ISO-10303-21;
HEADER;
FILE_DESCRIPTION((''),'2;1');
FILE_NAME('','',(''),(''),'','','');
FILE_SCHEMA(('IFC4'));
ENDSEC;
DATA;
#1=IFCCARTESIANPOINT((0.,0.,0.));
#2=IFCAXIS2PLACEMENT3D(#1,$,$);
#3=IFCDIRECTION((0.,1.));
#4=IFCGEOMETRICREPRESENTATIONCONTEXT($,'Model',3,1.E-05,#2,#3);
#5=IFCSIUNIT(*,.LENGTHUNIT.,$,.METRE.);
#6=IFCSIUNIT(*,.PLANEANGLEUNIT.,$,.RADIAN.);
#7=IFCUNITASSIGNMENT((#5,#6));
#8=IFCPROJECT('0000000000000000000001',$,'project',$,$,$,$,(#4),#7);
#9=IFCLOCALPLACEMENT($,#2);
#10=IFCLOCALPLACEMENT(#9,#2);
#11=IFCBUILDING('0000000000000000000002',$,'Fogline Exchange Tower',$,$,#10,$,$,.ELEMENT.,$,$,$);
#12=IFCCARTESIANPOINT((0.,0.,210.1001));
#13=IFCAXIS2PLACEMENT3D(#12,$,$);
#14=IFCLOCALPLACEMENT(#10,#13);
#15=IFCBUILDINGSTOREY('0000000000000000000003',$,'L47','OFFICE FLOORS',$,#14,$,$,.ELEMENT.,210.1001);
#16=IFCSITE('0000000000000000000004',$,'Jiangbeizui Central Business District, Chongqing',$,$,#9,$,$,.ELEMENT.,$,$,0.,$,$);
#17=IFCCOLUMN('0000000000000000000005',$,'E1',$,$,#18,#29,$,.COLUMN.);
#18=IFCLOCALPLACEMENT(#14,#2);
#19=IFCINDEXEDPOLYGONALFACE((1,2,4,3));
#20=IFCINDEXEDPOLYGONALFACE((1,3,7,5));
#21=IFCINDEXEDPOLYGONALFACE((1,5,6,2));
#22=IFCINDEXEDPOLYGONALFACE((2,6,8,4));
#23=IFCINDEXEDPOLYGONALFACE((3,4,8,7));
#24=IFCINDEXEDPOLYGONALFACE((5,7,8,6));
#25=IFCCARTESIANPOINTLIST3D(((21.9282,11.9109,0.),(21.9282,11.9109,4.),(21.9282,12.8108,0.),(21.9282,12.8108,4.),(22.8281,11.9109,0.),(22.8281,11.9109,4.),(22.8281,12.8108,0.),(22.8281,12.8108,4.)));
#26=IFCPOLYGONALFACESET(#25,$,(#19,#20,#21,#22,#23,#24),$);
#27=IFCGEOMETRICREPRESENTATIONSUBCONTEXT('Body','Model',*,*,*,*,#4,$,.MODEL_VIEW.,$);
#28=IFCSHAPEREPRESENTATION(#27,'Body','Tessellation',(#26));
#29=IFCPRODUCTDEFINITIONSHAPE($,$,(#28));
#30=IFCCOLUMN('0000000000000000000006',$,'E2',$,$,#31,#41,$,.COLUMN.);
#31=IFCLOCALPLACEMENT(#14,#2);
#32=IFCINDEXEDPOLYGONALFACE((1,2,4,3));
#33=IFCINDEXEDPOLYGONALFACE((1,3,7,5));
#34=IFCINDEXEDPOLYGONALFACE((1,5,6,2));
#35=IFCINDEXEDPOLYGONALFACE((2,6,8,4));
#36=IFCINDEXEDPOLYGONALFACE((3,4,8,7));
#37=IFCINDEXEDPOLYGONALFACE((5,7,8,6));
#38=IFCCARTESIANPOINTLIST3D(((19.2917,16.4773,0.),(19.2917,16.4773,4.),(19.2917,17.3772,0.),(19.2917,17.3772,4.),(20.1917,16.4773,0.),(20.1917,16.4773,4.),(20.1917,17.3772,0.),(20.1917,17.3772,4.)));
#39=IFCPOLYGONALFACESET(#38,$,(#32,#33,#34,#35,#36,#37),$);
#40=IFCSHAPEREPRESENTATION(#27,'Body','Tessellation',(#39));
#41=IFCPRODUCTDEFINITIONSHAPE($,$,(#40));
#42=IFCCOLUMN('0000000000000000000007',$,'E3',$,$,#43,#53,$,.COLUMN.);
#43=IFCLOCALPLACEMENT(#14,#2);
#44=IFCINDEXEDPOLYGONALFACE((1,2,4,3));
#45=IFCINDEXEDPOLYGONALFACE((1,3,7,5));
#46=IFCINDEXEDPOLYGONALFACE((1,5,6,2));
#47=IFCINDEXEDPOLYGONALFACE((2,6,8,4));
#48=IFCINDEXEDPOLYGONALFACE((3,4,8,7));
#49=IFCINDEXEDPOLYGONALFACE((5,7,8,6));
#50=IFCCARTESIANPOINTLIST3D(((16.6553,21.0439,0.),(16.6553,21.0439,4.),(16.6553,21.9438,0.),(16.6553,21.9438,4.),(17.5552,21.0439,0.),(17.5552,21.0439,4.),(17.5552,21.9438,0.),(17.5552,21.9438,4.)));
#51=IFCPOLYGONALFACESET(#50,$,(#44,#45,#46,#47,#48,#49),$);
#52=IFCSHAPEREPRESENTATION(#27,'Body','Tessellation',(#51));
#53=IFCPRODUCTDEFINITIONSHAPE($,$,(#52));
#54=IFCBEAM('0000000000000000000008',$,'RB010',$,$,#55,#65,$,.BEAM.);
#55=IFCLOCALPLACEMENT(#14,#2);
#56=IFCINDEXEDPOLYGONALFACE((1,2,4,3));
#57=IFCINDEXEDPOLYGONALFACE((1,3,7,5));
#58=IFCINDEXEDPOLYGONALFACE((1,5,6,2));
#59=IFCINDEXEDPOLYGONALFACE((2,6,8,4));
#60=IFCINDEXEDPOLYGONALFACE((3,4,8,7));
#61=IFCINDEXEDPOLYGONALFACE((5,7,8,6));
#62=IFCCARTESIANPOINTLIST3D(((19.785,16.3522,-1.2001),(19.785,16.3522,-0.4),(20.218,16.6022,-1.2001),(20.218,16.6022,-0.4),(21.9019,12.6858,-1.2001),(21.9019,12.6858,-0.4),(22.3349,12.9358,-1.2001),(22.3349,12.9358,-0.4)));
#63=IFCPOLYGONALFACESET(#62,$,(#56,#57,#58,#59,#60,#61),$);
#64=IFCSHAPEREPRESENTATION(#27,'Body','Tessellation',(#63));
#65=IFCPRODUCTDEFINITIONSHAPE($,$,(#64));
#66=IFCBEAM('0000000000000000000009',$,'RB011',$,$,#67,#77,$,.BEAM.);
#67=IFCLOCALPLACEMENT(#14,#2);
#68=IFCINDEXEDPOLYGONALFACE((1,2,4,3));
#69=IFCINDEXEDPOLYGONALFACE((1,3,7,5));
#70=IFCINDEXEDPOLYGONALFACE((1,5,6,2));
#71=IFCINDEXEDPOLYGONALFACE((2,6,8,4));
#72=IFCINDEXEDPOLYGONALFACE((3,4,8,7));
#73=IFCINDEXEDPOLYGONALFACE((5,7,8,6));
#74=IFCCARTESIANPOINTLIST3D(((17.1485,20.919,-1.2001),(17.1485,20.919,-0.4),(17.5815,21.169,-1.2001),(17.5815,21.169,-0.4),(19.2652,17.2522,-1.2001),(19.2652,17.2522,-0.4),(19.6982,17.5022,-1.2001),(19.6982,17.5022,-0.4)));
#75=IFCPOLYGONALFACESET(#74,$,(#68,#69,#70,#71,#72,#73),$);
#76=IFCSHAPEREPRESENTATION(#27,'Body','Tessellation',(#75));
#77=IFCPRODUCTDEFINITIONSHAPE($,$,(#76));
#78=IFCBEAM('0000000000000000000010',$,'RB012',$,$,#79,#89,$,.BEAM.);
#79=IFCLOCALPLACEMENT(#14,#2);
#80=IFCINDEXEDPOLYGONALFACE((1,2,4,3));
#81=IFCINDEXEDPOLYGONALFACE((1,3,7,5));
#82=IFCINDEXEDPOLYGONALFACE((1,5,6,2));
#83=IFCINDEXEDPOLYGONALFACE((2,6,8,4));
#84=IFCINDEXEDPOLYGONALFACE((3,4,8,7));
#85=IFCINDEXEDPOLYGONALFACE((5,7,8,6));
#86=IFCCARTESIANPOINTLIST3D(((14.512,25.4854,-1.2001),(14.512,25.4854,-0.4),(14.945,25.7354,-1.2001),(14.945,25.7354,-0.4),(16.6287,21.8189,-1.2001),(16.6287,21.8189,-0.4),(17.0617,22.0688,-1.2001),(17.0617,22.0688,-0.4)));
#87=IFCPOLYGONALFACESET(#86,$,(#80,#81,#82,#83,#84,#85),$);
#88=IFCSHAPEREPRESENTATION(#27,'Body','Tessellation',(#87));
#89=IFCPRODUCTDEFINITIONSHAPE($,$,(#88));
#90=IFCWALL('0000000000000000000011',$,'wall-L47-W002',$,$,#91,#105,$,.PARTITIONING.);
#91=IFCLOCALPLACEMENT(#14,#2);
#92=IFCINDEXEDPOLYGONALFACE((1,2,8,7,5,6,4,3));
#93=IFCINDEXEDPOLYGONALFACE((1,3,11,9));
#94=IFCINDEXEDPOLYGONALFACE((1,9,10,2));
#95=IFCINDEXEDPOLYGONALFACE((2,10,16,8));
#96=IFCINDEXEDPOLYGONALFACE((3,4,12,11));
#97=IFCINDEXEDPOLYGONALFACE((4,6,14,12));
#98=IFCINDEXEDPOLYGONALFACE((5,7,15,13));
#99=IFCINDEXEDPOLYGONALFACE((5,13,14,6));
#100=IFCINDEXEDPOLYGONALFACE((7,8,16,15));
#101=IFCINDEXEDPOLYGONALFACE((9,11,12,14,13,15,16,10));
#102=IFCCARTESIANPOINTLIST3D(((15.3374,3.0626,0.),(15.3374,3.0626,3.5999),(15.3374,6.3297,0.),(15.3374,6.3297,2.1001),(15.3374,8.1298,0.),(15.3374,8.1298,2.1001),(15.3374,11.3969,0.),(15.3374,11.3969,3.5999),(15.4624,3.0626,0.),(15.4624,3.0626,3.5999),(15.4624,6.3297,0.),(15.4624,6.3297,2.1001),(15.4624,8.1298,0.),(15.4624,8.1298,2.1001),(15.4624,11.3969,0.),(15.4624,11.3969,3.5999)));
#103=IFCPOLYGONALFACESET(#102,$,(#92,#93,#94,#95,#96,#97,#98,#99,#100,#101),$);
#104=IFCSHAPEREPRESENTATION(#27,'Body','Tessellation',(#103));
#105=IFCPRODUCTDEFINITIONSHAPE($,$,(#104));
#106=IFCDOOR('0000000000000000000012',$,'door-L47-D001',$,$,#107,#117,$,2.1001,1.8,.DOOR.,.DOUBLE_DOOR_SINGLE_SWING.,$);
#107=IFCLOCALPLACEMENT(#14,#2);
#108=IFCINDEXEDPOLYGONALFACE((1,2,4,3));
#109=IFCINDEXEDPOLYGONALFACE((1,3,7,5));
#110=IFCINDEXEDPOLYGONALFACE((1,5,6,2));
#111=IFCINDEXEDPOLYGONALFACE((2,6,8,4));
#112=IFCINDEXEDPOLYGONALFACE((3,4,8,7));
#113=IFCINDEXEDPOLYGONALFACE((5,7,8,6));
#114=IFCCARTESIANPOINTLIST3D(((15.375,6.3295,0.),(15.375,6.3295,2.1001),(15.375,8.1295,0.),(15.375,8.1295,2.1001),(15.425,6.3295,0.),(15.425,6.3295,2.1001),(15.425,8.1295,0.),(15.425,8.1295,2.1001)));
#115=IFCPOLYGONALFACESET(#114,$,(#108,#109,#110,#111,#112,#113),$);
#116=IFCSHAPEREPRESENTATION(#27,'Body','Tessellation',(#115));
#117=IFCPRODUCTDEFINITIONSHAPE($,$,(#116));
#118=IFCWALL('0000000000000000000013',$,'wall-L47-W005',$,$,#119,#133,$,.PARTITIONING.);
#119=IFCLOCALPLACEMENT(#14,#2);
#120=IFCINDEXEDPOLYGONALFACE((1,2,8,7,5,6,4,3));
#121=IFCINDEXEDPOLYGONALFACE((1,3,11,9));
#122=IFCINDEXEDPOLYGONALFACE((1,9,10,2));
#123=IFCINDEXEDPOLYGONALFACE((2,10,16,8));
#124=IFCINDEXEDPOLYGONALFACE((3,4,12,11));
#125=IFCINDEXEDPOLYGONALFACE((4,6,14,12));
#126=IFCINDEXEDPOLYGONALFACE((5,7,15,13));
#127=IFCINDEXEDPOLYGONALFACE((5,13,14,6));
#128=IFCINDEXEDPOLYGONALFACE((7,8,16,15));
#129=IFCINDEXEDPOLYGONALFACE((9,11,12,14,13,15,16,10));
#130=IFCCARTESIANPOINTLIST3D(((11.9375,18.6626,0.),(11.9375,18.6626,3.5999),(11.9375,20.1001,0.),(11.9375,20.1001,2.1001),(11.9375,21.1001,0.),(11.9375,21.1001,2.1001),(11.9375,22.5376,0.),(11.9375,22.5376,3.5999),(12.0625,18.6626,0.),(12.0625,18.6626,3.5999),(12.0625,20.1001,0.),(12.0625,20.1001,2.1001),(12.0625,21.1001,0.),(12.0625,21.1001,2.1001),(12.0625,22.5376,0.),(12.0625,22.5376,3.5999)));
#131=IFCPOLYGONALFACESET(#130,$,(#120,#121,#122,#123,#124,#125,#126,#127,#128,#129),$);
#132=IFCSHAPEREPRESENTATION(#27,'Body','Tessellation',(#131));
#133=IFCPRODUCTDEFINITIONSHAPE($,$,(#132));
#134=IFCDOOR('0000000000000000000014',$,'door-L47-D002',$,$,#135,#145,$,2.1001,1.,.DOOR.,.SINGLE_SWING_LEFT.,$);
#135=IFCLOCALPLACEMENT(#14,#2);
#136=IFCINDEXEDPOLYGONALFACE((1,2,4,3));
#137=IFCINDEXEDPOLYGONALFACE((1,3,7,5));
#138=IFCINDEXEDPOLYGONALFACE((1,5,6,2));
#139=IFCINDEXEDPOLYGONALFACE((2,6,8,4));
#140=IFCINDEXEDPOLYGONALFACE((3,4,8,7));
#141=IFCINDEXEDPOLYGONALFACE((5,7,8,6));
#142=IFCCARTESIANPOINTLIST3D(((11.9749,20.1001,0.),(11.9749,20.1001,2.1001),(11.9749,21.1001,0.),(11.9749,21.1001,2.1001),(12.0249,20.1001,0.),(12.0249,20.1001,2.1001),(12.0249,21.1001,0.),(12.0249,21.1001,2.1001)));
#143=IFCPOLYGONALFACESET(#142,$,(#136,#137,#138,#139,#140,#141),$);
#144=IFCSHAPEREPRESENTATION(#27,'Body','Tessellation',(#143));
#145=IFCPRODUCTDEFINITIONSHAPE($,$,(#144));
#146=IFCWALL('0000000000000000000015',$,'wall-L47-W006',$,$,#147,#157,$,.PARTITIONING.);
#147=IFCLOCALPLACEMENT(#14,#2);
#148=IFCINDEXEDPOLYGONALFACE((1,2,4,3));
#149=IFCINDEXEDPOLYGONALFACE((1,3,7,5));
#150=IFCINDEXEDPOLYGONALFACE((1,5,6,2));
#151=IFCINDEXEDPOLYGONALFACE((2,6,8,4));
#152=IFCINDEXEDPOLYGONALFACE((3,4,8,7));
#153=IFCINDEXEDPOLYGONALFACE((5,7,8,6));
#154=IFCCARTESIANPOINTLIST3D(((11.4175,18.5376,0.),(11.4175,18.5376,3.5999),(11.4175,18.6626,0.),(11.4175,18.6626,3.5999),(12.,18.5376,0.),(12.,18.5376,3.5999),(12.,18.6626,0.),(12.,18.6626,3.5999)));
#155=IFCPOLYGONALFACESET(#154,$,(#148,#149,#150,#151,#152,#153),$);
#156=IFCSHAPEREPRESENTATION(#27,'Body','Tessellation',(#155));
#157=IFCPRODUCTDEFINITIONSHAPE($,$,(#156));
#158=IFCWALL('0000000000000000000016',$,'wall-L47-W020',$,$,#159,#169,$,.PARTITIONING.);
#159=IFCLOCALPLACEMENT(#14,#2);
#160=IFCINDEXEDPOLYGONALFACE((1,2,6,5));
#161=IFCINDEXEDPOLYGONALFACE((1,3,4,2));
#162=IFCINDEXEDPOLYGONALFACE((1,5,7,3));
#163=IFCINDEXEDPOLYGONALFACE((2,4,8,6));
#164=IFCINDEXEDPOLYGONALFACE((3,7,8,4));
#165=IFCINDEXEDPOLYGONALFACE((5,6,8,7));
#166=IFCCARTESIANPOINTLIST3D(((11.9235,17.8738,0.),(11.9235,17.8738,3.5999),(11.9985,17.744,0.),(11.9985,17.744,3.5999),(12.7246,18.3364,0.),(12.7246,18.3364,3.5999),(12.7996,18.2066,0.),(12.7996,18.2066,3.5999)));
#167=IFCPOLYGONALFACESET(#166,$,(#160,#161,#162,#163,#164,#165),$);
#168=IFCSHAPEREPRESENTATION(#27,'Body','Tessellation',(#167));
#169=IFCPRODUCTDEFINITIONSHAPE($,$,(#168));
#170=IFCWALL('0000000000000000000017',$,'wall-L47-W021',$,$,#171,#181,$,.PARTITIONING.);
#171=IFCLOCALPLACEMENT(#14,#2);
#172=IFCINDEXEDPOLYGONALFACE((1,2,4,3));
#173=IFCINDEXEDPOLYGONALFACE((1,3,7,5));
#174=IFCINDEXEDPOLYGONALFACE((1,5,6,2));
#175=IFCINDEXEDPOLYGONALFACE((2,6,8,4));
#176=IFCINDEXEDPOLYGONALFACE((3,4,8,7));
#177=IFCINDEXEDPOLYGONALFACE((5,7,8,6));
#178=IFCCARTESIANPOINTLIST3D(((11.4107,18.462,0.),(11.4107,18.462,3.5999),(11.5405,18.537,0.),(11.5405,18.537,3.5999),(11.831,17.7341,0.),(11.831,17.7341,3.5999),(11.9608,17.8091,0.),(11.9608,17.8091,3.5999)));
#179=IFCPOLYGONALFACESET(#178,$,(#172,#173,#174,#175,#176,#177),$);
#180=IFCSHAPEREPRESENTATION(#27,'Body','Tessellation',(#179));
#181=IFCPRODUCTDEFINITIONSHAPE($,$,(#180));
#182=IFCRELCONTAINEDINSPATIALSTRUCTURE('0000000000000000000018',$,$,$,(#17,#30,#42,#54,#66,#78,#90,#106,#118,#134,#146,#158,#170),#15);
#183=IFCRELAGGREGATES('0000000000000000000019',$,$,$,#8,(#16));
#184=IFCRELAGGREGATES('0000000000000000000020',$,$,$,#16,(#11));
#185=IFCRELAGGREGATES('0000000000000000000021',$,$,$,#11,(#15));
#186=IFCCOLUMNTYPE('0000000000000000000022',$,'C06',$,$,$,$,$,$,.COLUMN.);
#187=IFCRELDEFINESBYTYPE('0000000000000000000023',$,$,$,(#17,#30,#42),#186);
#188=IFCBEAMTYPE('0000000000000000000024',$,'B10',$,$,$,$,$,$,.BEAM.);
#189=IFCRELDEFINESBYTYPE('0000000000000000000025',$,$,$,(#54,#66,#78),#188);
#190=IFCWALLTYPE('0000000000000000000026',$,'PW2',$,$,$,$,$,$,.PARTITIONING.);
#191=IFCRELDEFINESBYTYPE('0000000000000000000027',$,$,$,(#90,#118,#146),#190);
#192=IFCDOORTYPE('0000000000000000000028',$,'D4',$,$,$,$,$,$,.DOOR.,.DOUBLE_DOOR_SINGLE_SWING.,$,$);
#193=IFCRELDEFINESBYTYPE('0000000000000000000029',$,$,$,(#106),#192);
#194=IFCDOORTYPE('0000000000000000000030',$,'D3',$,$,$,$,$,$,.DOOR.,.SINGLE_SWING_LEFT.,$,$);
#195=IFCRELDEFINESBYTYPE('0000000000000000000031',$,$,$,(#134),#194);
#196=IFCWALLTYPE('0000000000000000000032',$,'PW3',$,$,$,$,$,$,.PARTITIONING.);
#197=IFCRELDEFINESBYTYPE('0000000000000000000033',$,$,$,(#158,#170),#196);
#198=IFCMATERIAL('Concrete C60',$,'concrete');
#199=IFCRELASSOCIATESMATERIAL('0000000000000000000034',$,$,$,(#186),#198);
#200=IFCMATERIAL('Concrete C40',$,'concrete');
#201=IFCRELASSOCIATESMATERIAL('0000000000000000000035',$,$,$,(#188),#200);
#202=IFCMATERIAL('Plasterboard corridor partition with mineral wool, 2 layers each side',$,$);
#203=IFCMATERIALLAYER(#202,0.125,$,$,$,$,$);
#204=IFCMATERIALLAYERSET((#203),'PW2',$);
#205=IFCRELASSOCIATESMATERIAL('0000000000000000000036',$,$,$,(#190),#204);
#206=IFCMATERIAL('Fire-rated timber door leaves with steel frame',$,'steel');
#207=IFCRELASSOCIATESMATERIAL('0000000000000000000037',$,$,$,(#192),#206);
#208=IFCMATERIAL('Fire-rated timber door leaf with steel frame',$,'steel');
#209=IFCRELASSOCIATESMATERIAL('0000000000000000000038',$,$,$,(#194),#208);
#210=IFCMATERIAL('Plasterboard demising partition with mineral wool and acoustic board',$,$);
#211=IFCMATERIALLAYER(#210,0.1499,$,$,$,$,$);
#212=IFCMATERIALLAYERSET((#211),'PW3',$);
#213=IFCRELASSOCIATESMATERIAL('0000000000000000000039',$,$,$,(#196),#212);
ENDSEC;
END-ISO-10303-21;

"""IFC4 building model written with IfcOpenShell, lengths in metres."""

from ifc_helpers import new_model, si_unit, direction, frame, frame_2d, origin, origin_2d, place, context, subcontext, project, spatial, rectangle, extrude, material, layer, layer_set, material_profile, profile_set, type_object, element, fill, save


model = new_model("IFC4")

# Units and contexts
model_context = context("Model", 3, precision=1e-05, world=origin(), true_north=direction((0.0, 1.0)))
body_context = subcontext(model_context, "Body", "Model", "MODEL_VIEW")
ifc_project = project(units=[si_unit("LENGTHUNIT", "METRE"), si_unit("PLANEANGLEUNIT", "RADIAN")], contexts=[model_context])

# Site, building, storey
site_placement = place(None, origin())
site = spatial("IfcSite", under=ifc_project, at=site_placement, Name="Jiangbeizui Central Business District, Chongqing", CompositionType="ELEMENT", RefElevation=0.0)
building_placement = place(site_placement, origin())
building = spatial("IfcBuilding", under=site, at=building_placement, Name="Fogline Exchange Tower", CompositionType="ELEMENT")
storey_placement = place(building_placement, frame((0.0, 0.0, 210.1001)))
storey = spatial("IfcBuildingStorey", under=building, at=storey_placement, Name="L47", Description="OFFICE FLOORS", CompositionType="ELEMENT", Elevation=210.1001)

# Columns
ifc_material_1 = material(Name="Concrete C60", Category="concrete")
ifc_material_profile_1 = material_profile(ifc_material_1, rectangle(XDim=0.8999, YDim=0.8999, at=origin_2d()), Name="RC 900x900")
ifc_profile_set_1 = profile_set([ifc_material_profile_1], Name="Concrete C60")
column_type = type_object("IfcColumnType", Name="C06", PredefinedType="COLUMN", material=ifc_profile_set_1)
for number, where, z_axis, x_axis, name in (
    (1, (22.3782, 12.3608, 0.0), (0.0, 0.0, 1.0), (1.0, 0.0, 0.0), "E1"),
    (2, (19.7417, 16.9272, 0.0), (0.0, 0.0, 1.0), (1.0, 0.0, 0.0), "E2"),
    (3, (17.1052, 21.4939, 0.0), (0.0, 0.0, 1.0), (1.0, 0.0, 0.0), "E3"),
):
    element("IfcColumn", number, at=place(storey_placement, frame(where, z_axis=z_axis, x_axis=x_axis)), inside=storey, type_object=column_type, Name=name, PredefinedType="COLUMN", context=body_context, shape_type="SweptSolid", body=[
        extrude(rectangle(XDim=0.8999, YDim=0.8999, at=origin_2d()), origin(), (0.0, 0.0, 1.0), 4.0),
    ])

# Beams
ifc_material_2 = material(Name="Concrete C40", Category="concrete")
ifc_material_profile_2 = material_profile(ifc_material_2, rectangle(XDim=0.5, YDim=0.8, at=origin_2d()), Name="RC 500x800")
ifc_profile_set_2 = profile_set([ifc_material_profile_2], Name="Concrete C40")
beam_type = type_object("IfcBeamType", Name="B10", PredefinedType="BEAM", material=ifc_profile_set_2)
beam_1_placement = place(storey_placement, frame((22.1184, 12.8108, -0.8), z_axis=(-0.500015, 0.866017, 0.0), x_axis=(-0.866017, -0.500015, 0.0)))
element("IfcBeam", 4, at=beam_1_placement, inside=storey, type_object=beam_type, Name="RB010", PredefinedType="BEAM", context=body_context, shape_type="SweptSolid", body=[
    extrude(rectangle(XDim=0.5, YDim=0.8, at=origin_2d()), origin(), (0.0, 0.0, 1.0), 4.2336),
])
beam_2_placement = place(storey_placement, frame((19.4817, 17.3772, -0.8), z_axis=(-0.499947, 0.866056, 0.0), x_axis=(-0.866056, -0.499947, 0.0)))
element("IfcBeam", 5, at=beam_2_placement, inside=storey, type_object=beam_type, Name="RB011", PredefinedType="BEAM", context=body_context, shape_type="SweptSolid", body=[
    extrude(rectangle(XDim=0.5, YDim=0.8, at=origin_2d()), origin(), (0.0, 0.0, 1.0), 4.2339),
])
beam_3_placement = place(storey_placement, frame((16.8452, 21.9438, -0.8), z_axis=(-0.499972, 0.866042, 0.0), x_axis=(-0.866042, -0.499972, 0.0)))
element("IfcBeam", 6, at=beam_3_placement, inside=storey, type_object=beam_type, Name="RB012", PredefinedType="BEAM", context=body_context, shape_type="SweptSolid", body=[
    extrude(rectangle(XDim=0.5, YDim=0.8, at=origin_2d()), origin(), (0.0, 0.0, 1.0), 4.2336),
])

# Walls, openings, doors
ifc_material_3 = material(Name="Plasterboard corridor partition with mineral wool, 2 layers each side")
ifc_layer_1 = layer(ifc_material_3, 0.125)
ifc_layer_set_1 = layer_set([ifc_layer_1], Name="PW2")
wall_type_1 = type_object("IfcWallType", Name="PW2", PredefinedType="PARTITIONING", material=ifc_layer_set_1)
wall_1_placement = place(storey_placement, frame((15.3999, 11.3967, 0.0), z_axis=(0.0, 0.0, 1.0), x_axis=(0.0, -1.0, 0.0)))
wall_1 = element("IfcWall", 7, at=wall_1_placement, inside=storey, type_object=wall_type_1, Name="wall-L47-W002", PredefinedType="PARTITIONING", context=body_context, shape_type="SweptSolid", body=[
    extrude(rectangle(XDim=8.3342, YDim=0.125, at=frame_2d((4.167, 0.0))), origin(), (0.0, 0.0, 1.0), 3.5999),
])
opening_1_placement = place(wall_1_placement, frame((3.2671, 0.0, 0.0)))
opening_1 = element("IfcOpeningElement", 8, at=opening_1_placement, cuts=wall_1, PredefinedType="OPENING", context=body_context, shape_type="SweptSolid", body=[
    extrude(rectangle(XDim=1.8, YDim=2.1001, at=frame_2d((0.8999, 1.05))), frame((0.0, 0.0725, 0.0), z_axis=(0.0, -1.0, 0.0), x_axis=(1.0, 0.0, 0.0)), (0.0, 0.0, 1.0), 0.145),
])
ifc_material_4 = material(Name="Fire-rated timber door leaves with steel frame", Category="steel")
door_type_1 = type_object("IfcDoorType", Name="D4", OperationType="DOUBLE_DOOR_SINGLE_SWING", PredefinedType="DOOR", material=ifc_material_4)
door_1_placement = place(opening_1_placement, frame((1.8, 0.0, 0.0), z_axis=(0.0, 0.0, 1.0), x_axis=(-1.0, 0.0, 0.0)))
door_1 = element("IfcDoor", 9, at=door_1_placement, inside=storey, type_object=door_type_1, Name="door-L47-D001", OperationType="DOUBLE_DOOR_SINGLE_SWING", OverallHeight=2.1001, OverallWidth=1.8, PredefinedType="DOOR", context=body_context, shape_type="SweptSolid", body=[
    extrude(rectangle(XDim=1.8, YDim=2.1001, at=frame_2d((0.8999, 1.05))), frame((0.0, 0.0249, 0.0), z_axis=(0.0, -1.0, 0.0), x_axis=(1.0, 0.0, 0.0)), (0.0, 0.0, 1.0), 0.05),
])
fill(opening_1, door_1)
wall_2_placement = place(storey_placement, frame((12.0, 22.5376, 0.0), z_axis=(0.0, 0.0, 1.0), x_axis=(0.0, -1.0, 0.0)))
wall_2 = element("IfcWall", 10, at=wall_2_placement, inside=storey, type_object=wall_type_1, Name="wall-L47-W005", PredefinedType="PARTITIONING", context=body_context, shape_type="SweptSolid", body=[
    extrude(rectangle(XDim=3.875, YDim=0.125, at=frame_2d((1.9375, 0.0))), origin(), (0.0, 0.0, 1.0), 3.5999),
])
opening_2_placement = place(wall_2_placement, frame((1.4375, 0.0, 0.0)))
opening_2 = element("IfcOpeningElement", 11, at=opening_2_placement, cuts=wall_2, PredefinedType="OPENING", context=body_context, shape_type="SweptSolid", body=[
    extrude(rectangle(XDim=1.0, YDim=2.1001, at=frame_2d((0.5, 1.05))), frame((0.0, 0.0725, 0.0), z_axis=(0.0, -1.0, 0.0), x_axis=(1.0, 0.0, 0.0)), (0.0, 0.0, 1.0), 0.145),
])
ifc_material_5 = material(Name="Fire-rated timber door leaf with steel frame", Category="steel")
door_type_2 = type_object("IfcDoorType", Name="D3", OperationType="SINGLE_SWING_LEFT", PredefinedType="DOOR", material=ifc_material_5)
door_2_placement = place(opening_2_placement, origin())
door_2 = element("IfcDoor", 12, at=door_2_placement, inside=storey, type_object=door_type_2, Name="door-L47-D002", OperationType="SINGLE_SWING_LEFT", OverallHeight=2.1001, OverallWidth=1.0, PredefinedType="DOOR", context=body_context, shape_type="SweptSolid", body=[
    extrude(rectangle(XDim=1.0, YDim=2.1001, at=frame_2d((0.5, 1.05))), frame((0.0, 0.0249, 0.0), z_axis=(0.0, -1.0, 0.0), x_axis=(1.0, 0.0, 0.0)), (0.0, 0.0, 1.0), 0.05),
])
fill(opening_2, door_2)

# Walls
wall_3_placement = place(storey_placement, frame((12.0, 18.6001, 0.0), z_axis=(0.0, 0.0, 1.0), x_axis=(-1.0, 0.0, 0.0)))
element("IfcWall", 13, at=wall_3_placement, inside=storey, type_object=wall_type_1, Name="wall-L47-W006", PredefinedType="PARTITIONING", context=body_context, shape_type="SweptSolid", body=[
    extrude(rectangle(XDim=0.5825, YDim=0.125, at=frame_2d((0.2913, 0.0))), origin(), (0.0, 0.0, 1.0), 3.5999),
])
ifc_material_6 = material(Name="Plasterboard demising partition with mineral wool and acoustic board")
ifc_layer_2 = layer(ifc_material_6, 0.1499)
ifc_layer_set_2 = layer_set([ifc_layer_2], Name="PW3")
wall_type_2 = type_object("IfcWallType", Name="PW3", PredefinedType="PARTITIONING", material=ifc_layer_set_2)
wall_4_placement = place(storey_placement, frame((12.762, 18.2715, 0.0), z_axis=(0.0, 0.0, 1.0), x_axis=(-0.865944, -0.500141, 0.0)))
element("IfcWall", 14, at=wall_4_placement, inside=storey, type_object=wall_type_2, Name="wall-L47-W020", PredefinedType="PARTITIONING", context=body_context, shape_type="SweptSolid", body=[
    extrude(rectangle(XDim=0.925, YDim=0.1499, at=frame_2d((0.4624, 0.0))), origin(), (0.0, 0.0, 1.0), 3.5999),
])
wall_5_placement = place(storey_placement, frame((11.896, 17.7715, 0.0), z_axis=(0.0, 0.0, 1.0), x_axis=(-0.500074, 0.865982, 0.0)))
element("IfcWall", 15, at=wall_5_placement, inside=storey, type_object=wall_type_2, Name="wall-L47-W021", PredefinedType="PARTITIONING", context=body_context, shape_type="SweptSolid", body=[
    extrude(rectangle(XDim=0.8406, YDim=0.1499, at=frame_2d((0.4204, 0.0))), origin(), (0.0, 0.0, 1.0), 3.5999),
])

save(model, "model.ifc")
